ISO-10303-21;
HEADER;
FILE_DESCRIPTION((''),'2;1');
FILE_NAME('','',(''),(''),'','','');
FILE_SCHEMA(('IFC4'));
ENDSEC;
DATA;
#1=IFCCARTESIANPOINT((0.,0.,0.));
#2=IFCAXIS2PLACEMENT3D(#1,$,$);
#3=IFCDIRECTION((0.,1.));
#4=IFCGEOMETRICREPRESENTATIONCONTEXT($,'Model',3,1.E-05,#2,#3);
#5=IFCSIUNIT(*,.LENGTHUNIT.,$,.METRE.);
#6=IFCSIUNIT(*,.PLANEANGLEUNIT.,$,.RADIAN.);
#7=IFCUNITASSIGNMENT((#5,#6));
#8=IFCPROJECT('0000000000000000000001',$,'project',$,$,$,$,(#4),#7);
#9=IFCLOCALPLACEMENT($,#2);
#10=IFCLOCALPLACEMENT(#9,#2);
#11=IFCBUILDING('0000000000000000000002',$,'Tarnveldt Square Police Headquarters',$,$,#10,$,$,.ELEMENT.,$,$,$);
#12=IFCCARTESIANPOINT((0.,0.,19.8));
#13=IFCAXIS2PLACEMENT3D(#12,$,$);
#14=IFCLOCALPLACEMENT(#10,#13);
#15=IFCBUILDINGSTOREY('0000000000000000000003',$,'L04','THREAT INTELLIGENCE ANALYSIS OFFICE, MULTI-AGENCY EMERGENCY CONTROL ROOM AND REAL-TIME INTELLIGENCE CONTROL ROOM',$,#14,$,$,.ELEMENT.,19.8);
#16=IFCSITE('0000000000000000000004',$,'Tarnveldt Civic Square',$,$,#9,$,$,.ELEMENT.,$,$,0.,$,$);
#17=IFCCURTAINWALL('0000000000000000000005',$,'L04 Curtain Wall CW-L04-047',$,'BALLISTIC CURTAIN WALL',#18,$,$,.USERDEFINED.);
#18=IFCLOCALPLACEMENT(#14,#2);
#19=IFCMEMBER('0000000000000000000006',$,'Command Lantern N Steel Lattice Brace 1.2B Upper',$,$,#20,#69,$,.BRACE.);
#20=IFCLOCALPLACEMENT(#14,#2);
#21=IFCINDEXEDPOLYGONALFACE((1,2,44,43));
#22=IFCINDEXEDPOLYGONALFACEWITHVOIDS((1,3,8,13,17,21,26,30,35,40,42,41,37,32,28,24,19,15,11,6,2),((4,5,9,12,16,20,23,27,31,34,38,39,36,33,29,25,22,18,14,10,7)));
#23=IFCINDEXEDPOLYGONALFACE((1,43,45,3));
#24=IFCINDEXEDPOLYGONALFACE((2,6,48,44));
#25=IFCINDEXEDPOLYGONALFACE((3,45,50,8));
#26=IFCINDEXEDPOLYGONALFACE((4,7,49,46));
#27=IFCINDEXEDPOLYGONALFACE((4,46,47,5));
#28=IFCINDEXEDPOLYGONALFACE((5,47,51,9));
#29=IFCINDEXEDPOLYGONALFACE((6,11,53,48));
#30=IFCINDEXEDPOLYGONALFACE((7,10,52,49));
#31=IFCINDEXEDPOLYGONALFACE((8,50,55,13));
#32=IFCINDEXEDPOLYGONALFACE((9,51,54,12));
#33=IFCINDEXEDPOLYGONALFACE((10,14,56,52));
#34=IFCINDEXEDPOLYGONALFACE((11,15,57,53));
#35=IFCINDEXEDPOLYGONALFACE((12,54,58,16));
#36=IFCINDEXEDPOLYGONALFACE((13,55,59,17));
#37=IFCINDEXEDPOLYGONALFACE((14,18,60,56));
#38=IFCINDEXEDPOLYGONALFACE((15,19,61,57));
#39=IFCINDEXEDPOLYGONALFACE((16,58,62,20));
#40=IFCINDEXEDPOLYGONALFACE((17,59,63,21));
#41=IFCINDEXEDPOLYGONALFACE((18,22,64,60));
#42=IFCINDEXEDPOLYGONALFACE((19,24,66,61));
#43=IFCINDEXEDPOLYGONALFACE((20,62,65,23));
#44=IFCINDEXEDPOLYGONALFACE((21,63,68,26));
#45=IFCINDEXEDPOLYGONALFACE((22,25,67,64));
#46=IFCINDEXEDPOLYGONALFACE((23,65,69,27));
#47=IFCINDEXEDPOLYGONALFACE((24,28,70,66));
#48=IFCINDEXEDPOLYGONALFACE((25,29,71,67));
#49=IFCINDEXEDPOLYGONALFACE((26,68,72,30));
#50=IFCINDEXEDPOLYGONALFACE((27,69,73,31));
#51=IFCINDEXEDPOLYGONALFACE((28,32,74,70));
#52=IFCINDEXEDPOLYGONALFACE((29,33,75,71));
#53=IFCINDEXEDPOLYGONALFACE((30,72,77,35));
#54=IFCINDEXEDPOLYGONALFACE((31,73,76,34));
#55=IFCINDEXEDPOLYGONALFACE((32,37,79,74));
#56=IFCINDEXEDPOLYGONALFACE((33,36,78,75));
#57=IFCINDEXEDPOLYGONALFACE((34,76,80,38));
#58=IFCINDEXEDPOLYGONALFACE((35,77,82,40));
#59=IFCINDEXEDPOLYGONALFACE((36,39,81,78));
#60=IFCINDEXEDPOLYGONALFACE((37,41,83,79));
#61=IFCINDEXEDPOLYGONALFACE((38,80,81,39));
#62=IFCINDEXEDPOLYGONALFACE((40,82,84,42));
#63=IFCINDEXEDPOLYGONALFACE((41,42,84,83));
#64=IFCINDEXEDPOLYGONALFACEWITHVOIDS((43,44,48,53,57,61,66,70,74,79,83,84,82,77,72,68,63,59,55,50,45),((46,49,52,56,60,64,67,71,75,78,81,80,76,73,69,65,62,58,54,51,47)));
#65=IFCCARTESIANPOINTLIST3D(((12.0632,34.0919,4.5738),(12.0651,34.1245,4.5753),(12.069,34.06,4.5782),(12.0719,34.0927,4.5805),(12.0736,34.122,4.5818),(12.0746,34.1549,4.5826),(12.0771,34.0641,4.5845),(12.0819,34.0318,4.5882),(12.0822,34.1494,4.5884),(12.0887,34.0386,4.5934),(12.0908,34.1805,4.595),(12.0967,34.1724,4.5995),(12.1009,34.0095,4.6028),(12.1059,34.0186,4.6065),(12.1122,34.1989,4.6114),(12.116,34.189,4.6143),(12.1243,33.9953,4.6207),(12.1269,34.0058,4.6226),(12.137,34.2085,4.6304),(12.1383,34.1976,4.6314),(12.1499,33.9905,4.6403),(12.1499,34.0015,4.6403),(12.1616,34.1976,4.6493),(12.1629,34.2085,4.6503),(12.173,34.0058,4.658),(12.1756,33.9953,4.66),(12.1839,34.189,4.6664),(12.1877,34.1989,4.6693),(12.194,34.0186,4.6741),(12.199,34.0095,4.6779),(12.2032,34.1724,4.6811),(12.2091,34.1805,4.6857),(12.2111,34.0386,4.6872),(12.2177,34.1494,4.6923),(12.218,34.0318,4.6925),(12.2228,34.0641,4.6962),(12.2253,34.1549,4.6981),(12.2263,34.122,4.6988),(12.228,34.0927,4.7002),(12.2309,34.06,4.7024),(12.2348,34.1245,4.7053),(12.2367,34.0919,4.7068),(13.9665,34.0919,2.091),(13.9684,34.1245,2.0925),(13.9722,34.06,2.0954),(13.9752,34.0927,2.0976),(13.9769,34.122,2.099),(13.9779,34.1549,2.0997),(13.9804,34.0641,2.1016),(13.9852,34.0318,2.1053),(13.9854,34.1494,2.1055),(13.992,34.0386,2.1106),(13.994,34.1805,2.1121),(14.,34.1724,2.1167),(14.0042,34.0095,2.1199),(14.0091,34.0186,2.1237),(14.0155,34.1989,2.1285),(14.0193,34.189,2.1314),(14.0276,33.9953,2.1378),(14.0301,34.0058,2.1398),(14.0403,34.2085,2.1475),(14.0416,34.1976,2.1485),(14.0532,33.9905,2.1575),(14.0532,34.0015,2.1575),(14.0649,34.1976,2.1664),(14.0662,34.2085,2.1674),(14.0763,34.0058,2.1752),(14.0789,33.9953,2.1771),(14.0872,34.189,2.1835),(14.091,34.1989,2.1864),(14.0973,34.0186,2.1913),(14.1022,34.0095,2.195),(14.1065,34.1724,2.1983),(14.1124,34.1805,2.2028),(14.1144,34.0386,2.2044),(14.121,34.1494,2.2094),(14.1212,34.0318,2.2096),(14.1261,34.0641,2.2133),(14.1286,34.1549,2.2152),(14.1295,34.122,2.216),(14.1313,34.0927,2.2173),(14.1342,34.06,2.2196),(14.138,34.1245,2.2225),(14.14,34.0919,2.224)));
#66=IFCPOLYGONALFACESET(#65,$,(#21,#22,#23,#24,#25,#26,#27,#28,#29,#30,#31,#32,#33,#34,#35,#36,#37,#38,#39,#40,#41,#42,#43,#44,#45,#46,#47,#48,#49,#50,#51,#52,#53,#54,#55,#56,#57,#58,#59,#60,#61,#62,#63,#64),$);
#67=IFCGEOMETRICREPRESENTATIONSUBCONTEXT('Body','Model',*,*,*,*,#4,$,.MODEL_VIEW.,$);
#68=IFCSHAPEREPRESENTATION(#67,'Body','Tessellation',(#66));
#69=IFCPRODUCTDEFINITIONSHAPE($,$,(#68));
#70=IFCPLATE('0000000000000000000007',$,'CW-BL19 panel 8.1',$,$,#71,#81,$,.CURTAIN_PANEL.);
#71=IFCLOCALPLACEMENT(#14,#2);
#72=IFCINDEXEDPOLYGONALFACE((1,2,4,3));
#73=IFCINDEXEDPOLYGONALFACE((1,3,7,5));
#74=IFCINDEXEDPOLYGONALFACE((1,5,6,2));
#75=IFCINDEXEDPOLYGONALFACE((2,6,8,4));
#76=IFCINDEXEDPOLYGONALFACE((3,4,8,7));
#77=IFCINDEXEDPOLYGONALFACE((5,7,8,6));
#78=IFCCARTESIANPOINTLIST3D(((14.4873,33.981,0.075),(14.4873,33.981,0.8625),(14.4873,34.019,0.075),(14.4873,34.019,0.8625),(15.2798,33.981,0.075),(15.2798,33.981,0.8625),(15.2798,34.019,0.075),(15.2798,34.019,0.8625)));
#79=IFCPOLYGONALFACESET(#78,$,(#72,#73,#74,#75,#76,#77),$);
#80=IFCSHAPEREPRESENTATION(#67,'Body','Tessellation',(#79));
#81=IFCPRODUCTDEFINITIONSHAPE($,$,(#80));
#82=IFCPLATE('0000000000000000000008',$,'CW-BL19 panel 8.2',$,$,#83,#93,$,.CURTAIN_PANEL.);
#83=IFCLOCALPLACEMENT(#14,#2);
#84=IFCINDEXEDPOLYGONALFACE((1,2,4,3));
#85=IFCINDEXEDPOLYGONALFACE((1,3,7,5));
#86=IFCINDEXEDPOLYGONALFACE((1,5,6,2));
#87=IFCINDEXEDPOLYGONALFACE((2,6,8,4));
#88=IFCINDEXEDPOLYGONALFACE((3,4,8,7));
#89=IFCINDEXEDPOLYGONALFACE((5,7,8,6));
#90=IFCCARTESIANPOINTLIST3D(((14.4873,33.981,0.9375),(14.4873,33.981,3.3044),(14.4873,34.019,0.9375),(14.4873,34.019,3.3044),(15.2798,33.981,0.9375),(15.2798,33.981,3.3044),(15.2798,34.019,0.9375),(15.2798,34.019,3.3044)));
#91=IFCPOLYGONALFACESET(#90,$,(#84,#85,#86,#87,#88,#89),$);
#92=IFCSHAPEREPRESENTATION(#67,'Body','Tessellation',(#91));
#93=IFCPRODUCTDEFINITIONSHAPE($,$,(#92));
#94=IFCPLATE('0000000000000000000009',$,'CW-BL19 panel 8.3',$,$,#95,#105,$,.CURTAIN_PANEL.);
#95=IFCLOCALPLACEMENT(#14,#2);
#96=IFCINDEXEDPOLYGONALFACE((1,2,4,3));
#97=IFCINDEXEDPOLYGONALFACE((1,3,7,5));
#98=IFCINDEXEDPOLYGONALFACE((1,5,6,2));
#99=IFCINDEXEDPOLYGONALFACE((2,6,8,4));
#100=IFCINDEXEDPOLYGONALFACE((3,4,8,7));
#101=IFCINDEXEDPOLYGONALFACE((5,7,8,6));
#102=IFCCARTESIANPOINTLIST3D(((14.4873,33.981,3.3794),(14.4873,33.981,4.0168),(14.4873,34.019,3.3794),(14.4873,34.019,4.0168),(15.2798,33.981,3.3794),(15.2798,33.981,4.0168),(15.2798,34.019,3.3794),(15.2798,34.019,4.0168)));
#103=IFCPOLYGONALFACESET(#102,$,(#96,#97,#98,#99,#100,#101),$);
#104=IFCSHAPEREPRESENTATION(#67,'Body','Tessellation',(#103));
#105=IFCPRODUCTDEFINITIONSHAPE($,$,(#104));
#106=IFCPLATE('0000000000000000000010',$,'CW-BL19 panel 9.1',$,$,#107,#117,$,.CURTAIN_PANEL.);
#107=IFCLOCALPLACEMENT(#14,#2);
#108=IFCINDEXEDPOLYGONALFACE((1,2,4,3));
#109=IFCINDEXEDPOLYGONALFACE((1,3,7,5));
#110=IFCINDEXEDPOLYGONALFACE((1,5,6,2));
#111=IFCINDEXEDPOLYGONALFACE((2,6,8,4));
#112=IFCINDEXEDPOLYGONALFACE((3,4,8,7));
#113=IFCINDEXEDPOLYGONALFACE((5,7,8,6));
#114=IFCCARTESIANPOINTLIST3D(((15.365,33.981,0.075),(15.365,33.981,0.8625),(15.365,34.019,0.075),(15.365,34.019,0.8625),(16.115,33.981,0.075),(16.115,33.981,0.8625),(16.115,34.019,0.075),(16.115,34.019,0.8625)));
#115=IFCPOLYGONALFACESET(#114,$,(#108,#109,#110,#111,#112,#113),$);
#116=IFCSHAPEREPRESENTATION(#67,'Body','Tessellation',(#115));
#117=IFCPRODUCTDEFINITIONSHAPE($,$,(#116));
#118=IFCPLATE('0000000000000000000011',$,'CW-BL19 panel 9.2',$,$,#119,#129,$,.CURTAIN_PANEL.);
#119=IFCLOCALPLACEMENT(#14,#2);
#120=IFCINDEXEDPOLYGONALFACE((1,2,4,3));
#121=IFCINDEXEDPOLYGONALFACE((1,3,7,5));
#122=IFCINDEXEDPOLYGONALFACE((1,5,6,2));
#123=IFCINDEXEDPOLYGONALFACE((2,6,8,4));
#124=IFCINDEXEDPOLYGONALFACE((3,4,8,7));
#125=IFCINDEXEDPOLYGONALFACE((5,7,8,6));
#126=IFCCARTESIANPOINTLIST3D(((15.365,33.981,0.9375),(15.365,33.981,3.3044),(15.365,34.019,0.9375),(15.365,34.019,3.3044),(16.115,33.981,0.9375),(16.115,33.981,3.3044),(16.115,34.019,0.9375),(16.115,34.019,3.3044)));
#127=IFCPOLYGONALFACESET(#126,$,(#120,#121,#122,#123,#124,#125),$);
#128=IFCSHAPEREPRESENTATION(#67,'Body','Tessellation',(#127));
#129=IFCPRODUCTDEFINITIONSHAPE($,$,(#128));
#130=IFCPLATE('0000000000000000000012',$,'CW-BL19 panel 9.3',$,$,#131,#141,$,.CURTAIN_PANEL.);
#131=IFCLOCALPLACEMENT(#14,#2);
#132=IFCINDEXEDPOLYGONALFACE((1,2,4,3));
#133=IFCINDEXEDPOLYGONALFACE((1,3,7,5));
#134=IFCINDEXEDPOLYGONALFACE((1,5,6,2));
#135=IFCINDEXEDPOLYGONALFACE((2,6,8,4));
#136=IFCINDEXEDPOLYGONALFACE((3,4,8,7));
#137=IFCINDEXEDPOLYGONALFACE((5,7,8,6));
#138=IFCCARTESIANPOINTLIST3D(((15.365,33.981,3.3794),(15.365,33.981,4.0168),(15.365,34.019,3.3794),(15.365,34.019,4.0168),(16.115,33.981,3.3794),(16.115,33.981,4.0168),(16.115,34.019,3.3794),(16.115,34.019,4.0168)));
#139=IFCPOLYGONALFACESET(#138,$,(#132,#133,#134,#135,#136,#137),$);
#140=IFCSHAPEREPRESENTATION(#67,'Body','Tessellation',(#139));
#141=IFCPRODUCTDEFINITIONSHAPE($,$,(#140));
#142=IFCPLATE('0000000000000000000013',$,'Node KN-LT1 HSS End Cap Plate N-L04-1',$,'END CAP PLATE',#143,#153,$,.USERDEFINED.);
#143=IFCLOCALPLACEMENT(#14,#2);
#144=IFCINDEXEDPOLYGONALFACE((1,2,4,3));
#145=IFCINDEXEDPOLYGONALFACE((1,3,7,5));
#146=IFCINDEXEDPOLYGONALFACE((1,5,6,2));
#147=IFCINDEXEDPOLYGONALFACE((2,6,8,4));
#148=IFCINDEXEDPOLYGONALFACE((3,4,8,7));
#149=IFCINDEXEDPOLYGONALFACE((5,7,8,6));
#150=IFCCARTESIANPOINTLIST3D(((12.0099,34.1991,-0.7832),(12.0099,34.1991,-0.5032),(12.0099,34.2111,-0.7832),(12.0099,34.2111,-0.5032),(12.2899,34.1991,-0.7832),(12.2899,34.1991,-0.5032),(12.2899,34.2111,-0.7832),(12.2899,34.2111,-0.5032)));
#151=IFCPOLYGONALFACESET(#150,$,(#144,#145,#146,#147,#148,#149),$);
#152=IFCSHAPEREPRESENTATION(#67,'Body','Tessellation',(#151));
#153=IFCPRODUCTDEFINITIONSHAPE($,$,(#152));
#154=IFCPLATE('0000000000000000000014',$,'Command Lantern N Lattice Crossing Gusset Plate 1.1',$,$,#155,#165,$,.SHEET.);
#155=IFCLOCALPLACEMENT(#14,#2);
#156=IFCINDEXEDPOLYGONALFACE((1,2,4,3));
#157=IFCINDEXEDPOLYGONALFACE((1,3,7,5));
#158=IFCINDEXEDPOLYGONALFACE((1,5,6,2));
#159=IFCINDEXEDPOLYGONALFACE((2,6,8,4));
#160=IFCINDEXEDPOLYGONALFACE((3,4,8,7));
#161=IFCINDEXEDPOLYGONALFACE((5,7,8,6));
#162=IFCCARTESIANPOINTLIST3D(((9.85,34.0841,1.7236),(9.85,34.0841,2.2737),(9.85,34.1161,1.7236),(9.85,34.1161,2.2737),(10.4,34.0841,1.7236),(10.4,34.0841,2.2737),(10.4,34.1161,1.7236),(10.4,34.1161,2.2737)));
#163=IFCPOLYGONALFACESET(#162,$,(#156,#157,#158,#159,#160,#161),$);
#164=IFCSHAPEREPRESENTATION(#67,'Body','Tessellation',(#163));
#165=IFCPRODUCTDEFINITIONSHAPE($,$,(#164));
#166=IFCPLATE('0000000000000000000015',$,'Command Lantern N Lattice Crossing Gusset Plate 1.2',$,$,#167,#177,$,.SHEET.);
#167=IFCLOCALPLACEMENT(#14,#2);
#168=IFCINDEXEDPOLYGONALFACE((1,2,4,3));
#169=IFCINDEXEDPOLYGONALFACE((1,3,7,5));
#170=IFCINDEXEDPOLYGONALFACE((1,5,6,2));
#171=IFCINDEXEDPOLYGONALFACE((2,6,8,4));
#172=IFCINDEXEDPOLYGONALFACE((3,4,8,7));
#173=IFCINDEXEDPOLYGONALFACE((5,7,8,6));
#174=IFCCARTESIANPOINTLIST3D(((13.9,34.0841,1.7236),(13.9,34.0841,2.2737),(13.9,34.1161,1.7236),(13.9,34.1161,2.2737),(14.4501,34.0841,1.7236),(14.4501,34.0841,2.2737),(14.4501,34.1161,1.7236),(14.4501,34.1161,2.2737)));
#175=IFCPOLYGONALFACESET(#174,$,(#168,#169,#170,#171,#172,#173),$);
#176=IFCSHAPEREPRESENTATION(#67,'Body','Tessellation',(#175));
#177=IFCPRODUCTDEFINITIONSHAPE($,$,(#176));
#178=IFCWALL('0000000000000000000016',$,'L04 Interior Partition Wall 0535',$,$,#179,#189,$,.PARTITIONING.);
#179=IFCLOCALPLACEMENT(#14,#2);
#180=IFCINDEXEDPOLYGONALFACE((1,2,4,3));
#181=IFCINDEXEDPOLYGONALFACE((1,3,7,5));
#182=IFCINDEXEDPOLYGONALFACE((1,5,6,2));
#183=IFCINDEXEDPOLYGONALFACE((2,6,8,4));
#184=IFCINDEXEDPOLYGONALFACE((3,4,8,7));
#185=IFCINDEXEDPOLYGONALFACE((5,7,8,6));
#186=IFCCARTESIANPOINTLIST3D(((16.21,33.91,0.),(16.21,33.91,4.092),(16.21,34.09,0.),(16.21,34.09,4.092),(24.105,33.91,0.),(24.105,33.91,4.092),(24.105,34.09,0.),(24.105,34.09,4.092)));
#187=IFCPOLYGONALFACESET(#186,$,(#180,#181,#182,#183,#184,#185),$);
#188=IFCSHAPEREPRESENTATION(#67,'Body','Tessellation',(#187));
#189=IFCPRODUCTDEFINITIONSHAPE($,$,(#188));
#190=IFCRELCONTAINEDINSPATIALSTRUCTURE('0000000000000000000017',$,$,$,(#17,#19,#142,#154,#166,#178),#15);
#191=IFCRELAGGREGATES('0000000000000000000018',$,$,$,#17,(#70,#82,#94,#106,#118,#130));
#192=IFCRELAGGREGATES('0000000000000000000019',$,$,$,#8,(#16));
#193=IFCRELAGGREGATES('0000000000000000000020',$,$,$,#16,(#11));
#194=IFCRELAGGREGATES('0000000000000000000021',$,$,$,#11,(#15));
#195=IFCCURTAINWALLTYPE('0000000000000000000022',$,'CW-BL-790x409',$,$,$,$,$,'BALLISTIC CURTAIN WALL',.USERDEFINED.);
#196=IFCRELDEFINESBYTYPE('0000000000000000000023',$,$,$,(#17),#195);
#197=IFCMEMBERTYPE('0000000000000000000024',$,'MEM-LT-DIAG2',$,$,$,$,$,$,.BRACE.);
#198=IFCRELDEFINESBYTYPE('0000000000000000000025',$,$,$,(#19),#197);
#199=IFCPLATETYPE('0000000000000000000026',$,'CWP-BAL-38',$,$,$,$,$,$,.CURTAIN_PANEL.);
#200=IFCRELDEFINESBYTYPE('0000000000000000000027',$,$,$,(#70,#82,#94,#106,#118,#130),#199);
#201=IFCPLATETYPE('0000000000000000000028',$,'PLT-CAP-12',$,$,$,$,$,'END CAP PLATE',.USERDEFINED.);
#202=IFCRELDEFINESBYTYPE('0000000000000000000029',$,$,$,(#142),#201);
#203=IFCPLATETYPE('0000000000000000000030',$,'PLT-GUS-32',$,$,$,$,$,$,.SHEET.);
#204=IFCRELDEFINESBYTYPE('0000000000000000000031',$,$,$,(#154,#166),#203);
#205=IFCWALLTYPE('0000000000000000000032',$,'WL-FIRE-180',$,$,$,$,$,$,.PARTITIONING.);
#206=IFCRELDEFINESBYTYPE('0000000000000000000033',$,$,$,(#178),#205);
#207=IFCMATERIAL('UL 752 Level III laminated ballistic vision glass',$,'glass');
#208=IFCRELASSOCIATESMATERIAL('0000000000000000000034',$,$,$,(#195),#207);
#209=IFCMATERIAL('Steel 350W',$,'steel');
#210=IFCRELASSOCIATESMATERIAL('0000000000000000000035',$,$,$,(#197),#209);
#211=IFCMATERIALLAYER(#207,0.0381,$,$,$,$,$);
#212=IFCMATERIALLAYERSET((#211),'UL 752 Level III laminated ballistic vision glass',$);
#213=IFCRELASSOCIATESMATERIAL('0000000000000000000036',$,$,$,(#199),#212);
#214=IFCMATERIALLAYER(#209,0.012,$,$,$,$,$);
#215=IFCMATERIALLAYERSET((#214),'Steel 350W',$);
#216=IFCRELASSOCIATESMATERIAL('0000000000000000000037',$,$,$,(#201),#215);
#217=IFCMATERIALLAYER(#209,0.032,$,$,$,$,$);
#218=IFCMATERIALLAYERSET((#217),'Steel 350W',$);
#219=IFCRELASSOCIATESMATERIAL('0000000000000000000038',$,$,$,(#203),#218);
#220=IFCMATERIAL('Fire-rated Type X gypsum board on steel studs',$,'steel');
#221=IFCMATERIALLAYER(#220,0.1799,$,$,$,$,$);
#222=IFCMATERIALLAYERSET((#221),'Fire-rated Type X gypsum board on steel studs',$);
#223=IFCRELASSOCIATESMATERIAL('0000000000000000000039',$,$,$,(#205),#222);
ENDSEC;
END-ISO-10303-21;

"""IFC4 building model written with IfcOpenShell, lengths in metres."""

from ifc_helpers import new_model, si_unit, direction, frame, frame_2d, origin, origin_2d, place, context, subcontext, project, spatial, rectangle, hollow_circle, extrude, material, layer, layer_set, material_profile, profile_set, type_object, element, aggregate, save


model = new_model("IFC4")

# Units and contexts
model_context = context("Model", 3, precision=1e-05, world=origin(), true_north=direction((0.0, 1.0)))
body_context = subcontext(model_context, "Body", "Model", "MODEL_VIEW")
ifc_project = project(units=[si_unit("LENGTHUNIT", "METRE"), si_unit("PLANEANGLEUNIT", "RADIAN")], contexts=[model_context])

# Site, building, storey
site_placement = place(None, origin())
site = spatial("IfcSite", under=ifc_project, at=site_placement, Name="Tarnveldt Civic Square", CompositionType="ELEMENT", RefElevation=0.0)
building_placement = place(site_placement, origin())
building = spatial("IfcBuilding", under=site, at=building_placement, Name="Tarnveldt Square Police Headquarters", CompositionType="ELEMENT")
storey_placement = place(building_placement, frame((0.0, 0.0, 19.8)))
storey = spatial("IfcBuildingStorey", under=building, at=storey_placement, Name="L04", Description="THREAT INTELLIGENCE ANALYSIS OFFICE, MULTI-AGENCY EMERGENCY CONTROL ROOM AND REAL-TIME INTELLIGENCE CONTROL ROOM", CompositionType="ELEMENT", Elevation=19.8)

# Shared definitions
ifc_material_1 = material(Name="Steel 350W", Category="steel")

# Curtain wall
ifc_material_2 = material(Name="UL 752 Level III laminated ballistic vision glass", Category="glass")
curtain_wall_type = type_object("IfcCurtainWallType", Name="CW-BL-790x409", ElementType="BALLISTIC CURTAIN WALL", PredefinedType="USERDEFINED", material=ifc_material_2)
curtain_wall_placement = place(storey_placement, origin())
curtain_wall = element("IfcCurtainWall", 1, at=curtain_wall_placement, inside=storey, type_object=curtain_wall_type, Name="L04 Curtain Wall CW-L04-047", ObjectType="BALLISTIC CURTAIN WALL", PredefinedType="USERDEFINED")

# Member
ifc_material_profile_1 = material_profile(ifc_material_1, hollow_circle(Radius=0.1096, WallThickness=0.011, at=origin_2d()), Name="HSS219x11")
ifc_profile_set_1 = profile_set([ifc_material_profile_1], Name="Steel 350W")
member_type_1 = type_object("IfcMemberType", Name="MEM-LT-DIAG2", PredefinedType="BRACE", material=ifc_profile_set_1)
member_1_placement = place(storey_placement, frame((14.0532, 34.1001, 2.1575), z_axis=(-0.608382, 0.0, 0.793644), x_axis=(0.0, -1.0, 0.0)))
element("IfcMember", 2, at=member_1_placement, inside=storey, type_object=member_type_1, Name="Command Lantern N Steel Lattice Brace 1.2B Upper", PredefinedType="BRACE", context=body_context, shape_type="SweptSolid", body=[
    extrude(hollow_circle(Radius=0.1096, WallThickness=0.011, at=origin_2d()), origin(), (0.0, 0.0, 1.0), 3.1284),
])

# Plates
ifc_layer_1 = layer(ifc_material_2, 0.0381)
ifc_layer_set_1 = layer_set([ifc_layer_1], Name="UL 752 Level III laminated ballistic vision glass")
plate_type_1 = type_object("IfcPlateType", Name="CWP-BAL-38", PredefinedType="CURTAIN_PANEL", material=ifc_layer_set_1)
plate_1_placement = place(storey_placement, frame((14.8835, 34.0, 0.075), z_axis=(0.0, 0.0, 1.0), x_axis=(1.0, 0.0, 0.0)))
plate_1 = element("IfcPlate", 3, at=plate_1_placement, type_object=plate_type_1, Name="CW-BL19 panel 8.1", PredefinedType="CURTAIN_PANEL", context=body_context, shape_type="SweptSolid", body=[
    extrude(rectangle(XDim=0.7925, YDim=0.0381, at=origin_2d()), origin(), (0.0, 0.0, 1.0), 0.7876),
])
plate_2_placement = place(storey_placement, frame((14.8835, 34.0, 0.9375), z_axis=(0.0, 0.0, 1.0), x_axis=(1.0, 0.0, 0.0)))
plate_2 = element("IfcPlate", 4, at=plate_2_placement, type_object=plate_type_1, Name="CW-BL19 panel 8.2", PredefinedType="CURTAIN_PANEL", context=body_context, shape_type="SweptSolid", body=[
    extrude(rectangle(XDim=0.7925, YDim=0.0381, at=origin_2d()), origin(), (0.0, 0.0, 1.0), 2.3669),
])
plate_3_placement = place(storey_placement, frame((14.8835, 34.0, 3.3794), z_axis=(0.0, 0.0, 1.0), x_axis=(1.0, 0.0, 0.0)))
plate_3 = element("IfcPlate", 5, at=plate_3_placement, type_object=plate_type_1, Name="CW-BL19 panel 8.3", PredefinedType="CURTAIN_PANEL", context=body_context, shape_type="SweptSolid", body=[
    extrude(rectangle(XDim=0.7925, YDim=0.0381, at=origin_2d()), origin(), (0.0, 0.0, 1.0), 0.6375),
])
plate_4_placement = place(storey_placement, frame((15.74, 34.0, 0.075), z_axis=(0.0, 0.0, 1.0), x_axis=(1.0, 0.0, 0.0)))
plate_4 = element("IfcPlate", 6, at=plate_4_placement, type_object=plate_type_1, Name="CW-BL19 panel 9.1", PredefinedType="CURTAIN_PANEL", context=body_context, shape_type="SweptSolid", body=[
    extrude(rectangle(XDim=0.75, YDim=0.0381, at=origin_2d()), origin(), (0.0, 0.0, 1.0), 0.7876),
])
plate_5_placement = place(storey_placement, frame((15.74, 34.0, 0.9375), z_axis=(0.0, 0.0, 1.0), x_axis=(1.0, 0.0, 0.0)))
plate_5 = element("IfcPlate", 7, at=plate_5_placement, type_object=plate_type_1, Name="CW-BL19 panel 9.2", PredefinedType="CURTAIN_PANEL", context=body_context, shape_type="SweptSolid", body=[
    extrude(rectangle(XDim=0.75, YDim=0.0381, at=origin_2d()), origin(), (0.0, 0.0, 1.0), 2.3669),
])
plate_6_placement = place(storey_placement, frame((15.74, 34.0, 3.3794), z_axis=(0.0, 0.0, 1.0), x_axis=(1.0, 0.0, 0.0)))
plate_6 = element("IfcPlate", 8, at=plate_6_placement, type_object=plate_type_1, Name="CW-BL19 panel 9.3", PredefinedType="CURTAIN_PANEL", context=body_context, shape_type="SweptSolid", body=[
    extrude(rectangle(XDim=0.75, YDim=0.0381, at=origin_2d()), origin(), (0.0, 0.0, 1.0), 0.6375),
])
aggregate(curtain_wall, [plate_1, plate_2, plate_3, plate_4, plate_5, plate_6])

# Plates
ifc_layer_2 = layer(ifc_material_1, 0.012)
ifc_layer_set_2 = layer_set([ifc_layer_2], Name="Steel 350W")
plate_type_2 = type_object("IfcPlateType", Name="PLT-CAP-12", ElementType="END CAP PLATE", PredefinedType="USERDEFINED", material=ifc_layer_set_2)
plate_7_placement = place(storey_placement, frame((12.1499, 34.2051, -0.7832), z_axis=(0.0, 0.0, 1.0), x_axis=(1.0, 0.0, 0.0)))
element("IfcPlate", 9, at=plate_7_placement, inside=storey, type_object=plate_type_2, Name="Node KN-LT1 HSS End Cap Plate N-L04-1", ObjectType="END CAP PLATE", PredefinedType="USERDEFINED", context=body_context, shape_type="SweptSolid", body=[
    extrude(rectangle(XDim=0.28, YDim=0.012, at=origin_2d()), origin(), (0.0, 0.0, 1.0), 0.28),
])
ifc_layer_3 = layer(ifc_material_1, 0.032)
ifc_layer_set_3 = layer_set([ifc_layer_3], Name="Steel 350W")
plate_type_3 = type_object("IfcPlateType", Name="PLT-GUS-32", PredefinedType="SHEET", material=ifc_layer_set_3)
for number, where, z_axis, x_axis, name in (
    (10, (10.125, 34.1001, 1.7236), (0.0, 0.0, 1.0), (1.0, 0.0, 0.0), "Command Lantern N Lattice Crossing Gusset Plate 1.1"),
    (11, (14.175, 34.1001, 1.7236), (0.0, 0.0, 1.0), (1.0, 0.0, 0.0), "Command Lantern N Lattice Crossing Gusset Plate 1.2"),
):
    element("IfcPlate", number, at=place(storey_placement, frame(where, z_axis=z_axis, x_axis=x_axis)), inside=storey, type_object=plate_type_3, Name=name, PredefinedType="SHEET", context=body_context, shape_type="SweptSolid", body=[
        extrude(rectangle(XDim=0.55, YDim=0.032, at=origin_2d()), origin(), (0.0, 0.0, 1.0), 0.55),
    ])

# Wall
ifc_material_3 = material(Name="Fire-rated Type X gypsum board on steel studs", Category="steel")
ifc_layer_4 = layer(ifc_material_3, 0.1799)
ifc_layer_set_4 = layer_set([ifc_layer_4], Name="Fire-rated Type X gypsum board on steel studs")
wall_type = type_object("IfcWallType", Name="WL-FIRE-180", PredefinedType="PARTITIONING", material=ifc_layer_set_4)
wall_placement = place(storey_placement, frame((16.21, 34.0, 0.0), z_axis=(0.0, 0.0, 1.0), x_axis=(1.0, 0.0, 0.0)))
element("IfcWall", 12, at=wall_placement, inside=storey, type_object=wall_type, Name="L04 Interior Partition Wall 0535", PredefinedType="PARTITIONING", context=body_context, shape_type="SweptSolid", body=[
    extrude(rectangle(XDim=7.895, YDim=0.1799, at=frame_2d((3.9475, 0.0))), origin(), (0.0, 0.0, 1.0), 4.092),
])

save(model, "model.ifc")
